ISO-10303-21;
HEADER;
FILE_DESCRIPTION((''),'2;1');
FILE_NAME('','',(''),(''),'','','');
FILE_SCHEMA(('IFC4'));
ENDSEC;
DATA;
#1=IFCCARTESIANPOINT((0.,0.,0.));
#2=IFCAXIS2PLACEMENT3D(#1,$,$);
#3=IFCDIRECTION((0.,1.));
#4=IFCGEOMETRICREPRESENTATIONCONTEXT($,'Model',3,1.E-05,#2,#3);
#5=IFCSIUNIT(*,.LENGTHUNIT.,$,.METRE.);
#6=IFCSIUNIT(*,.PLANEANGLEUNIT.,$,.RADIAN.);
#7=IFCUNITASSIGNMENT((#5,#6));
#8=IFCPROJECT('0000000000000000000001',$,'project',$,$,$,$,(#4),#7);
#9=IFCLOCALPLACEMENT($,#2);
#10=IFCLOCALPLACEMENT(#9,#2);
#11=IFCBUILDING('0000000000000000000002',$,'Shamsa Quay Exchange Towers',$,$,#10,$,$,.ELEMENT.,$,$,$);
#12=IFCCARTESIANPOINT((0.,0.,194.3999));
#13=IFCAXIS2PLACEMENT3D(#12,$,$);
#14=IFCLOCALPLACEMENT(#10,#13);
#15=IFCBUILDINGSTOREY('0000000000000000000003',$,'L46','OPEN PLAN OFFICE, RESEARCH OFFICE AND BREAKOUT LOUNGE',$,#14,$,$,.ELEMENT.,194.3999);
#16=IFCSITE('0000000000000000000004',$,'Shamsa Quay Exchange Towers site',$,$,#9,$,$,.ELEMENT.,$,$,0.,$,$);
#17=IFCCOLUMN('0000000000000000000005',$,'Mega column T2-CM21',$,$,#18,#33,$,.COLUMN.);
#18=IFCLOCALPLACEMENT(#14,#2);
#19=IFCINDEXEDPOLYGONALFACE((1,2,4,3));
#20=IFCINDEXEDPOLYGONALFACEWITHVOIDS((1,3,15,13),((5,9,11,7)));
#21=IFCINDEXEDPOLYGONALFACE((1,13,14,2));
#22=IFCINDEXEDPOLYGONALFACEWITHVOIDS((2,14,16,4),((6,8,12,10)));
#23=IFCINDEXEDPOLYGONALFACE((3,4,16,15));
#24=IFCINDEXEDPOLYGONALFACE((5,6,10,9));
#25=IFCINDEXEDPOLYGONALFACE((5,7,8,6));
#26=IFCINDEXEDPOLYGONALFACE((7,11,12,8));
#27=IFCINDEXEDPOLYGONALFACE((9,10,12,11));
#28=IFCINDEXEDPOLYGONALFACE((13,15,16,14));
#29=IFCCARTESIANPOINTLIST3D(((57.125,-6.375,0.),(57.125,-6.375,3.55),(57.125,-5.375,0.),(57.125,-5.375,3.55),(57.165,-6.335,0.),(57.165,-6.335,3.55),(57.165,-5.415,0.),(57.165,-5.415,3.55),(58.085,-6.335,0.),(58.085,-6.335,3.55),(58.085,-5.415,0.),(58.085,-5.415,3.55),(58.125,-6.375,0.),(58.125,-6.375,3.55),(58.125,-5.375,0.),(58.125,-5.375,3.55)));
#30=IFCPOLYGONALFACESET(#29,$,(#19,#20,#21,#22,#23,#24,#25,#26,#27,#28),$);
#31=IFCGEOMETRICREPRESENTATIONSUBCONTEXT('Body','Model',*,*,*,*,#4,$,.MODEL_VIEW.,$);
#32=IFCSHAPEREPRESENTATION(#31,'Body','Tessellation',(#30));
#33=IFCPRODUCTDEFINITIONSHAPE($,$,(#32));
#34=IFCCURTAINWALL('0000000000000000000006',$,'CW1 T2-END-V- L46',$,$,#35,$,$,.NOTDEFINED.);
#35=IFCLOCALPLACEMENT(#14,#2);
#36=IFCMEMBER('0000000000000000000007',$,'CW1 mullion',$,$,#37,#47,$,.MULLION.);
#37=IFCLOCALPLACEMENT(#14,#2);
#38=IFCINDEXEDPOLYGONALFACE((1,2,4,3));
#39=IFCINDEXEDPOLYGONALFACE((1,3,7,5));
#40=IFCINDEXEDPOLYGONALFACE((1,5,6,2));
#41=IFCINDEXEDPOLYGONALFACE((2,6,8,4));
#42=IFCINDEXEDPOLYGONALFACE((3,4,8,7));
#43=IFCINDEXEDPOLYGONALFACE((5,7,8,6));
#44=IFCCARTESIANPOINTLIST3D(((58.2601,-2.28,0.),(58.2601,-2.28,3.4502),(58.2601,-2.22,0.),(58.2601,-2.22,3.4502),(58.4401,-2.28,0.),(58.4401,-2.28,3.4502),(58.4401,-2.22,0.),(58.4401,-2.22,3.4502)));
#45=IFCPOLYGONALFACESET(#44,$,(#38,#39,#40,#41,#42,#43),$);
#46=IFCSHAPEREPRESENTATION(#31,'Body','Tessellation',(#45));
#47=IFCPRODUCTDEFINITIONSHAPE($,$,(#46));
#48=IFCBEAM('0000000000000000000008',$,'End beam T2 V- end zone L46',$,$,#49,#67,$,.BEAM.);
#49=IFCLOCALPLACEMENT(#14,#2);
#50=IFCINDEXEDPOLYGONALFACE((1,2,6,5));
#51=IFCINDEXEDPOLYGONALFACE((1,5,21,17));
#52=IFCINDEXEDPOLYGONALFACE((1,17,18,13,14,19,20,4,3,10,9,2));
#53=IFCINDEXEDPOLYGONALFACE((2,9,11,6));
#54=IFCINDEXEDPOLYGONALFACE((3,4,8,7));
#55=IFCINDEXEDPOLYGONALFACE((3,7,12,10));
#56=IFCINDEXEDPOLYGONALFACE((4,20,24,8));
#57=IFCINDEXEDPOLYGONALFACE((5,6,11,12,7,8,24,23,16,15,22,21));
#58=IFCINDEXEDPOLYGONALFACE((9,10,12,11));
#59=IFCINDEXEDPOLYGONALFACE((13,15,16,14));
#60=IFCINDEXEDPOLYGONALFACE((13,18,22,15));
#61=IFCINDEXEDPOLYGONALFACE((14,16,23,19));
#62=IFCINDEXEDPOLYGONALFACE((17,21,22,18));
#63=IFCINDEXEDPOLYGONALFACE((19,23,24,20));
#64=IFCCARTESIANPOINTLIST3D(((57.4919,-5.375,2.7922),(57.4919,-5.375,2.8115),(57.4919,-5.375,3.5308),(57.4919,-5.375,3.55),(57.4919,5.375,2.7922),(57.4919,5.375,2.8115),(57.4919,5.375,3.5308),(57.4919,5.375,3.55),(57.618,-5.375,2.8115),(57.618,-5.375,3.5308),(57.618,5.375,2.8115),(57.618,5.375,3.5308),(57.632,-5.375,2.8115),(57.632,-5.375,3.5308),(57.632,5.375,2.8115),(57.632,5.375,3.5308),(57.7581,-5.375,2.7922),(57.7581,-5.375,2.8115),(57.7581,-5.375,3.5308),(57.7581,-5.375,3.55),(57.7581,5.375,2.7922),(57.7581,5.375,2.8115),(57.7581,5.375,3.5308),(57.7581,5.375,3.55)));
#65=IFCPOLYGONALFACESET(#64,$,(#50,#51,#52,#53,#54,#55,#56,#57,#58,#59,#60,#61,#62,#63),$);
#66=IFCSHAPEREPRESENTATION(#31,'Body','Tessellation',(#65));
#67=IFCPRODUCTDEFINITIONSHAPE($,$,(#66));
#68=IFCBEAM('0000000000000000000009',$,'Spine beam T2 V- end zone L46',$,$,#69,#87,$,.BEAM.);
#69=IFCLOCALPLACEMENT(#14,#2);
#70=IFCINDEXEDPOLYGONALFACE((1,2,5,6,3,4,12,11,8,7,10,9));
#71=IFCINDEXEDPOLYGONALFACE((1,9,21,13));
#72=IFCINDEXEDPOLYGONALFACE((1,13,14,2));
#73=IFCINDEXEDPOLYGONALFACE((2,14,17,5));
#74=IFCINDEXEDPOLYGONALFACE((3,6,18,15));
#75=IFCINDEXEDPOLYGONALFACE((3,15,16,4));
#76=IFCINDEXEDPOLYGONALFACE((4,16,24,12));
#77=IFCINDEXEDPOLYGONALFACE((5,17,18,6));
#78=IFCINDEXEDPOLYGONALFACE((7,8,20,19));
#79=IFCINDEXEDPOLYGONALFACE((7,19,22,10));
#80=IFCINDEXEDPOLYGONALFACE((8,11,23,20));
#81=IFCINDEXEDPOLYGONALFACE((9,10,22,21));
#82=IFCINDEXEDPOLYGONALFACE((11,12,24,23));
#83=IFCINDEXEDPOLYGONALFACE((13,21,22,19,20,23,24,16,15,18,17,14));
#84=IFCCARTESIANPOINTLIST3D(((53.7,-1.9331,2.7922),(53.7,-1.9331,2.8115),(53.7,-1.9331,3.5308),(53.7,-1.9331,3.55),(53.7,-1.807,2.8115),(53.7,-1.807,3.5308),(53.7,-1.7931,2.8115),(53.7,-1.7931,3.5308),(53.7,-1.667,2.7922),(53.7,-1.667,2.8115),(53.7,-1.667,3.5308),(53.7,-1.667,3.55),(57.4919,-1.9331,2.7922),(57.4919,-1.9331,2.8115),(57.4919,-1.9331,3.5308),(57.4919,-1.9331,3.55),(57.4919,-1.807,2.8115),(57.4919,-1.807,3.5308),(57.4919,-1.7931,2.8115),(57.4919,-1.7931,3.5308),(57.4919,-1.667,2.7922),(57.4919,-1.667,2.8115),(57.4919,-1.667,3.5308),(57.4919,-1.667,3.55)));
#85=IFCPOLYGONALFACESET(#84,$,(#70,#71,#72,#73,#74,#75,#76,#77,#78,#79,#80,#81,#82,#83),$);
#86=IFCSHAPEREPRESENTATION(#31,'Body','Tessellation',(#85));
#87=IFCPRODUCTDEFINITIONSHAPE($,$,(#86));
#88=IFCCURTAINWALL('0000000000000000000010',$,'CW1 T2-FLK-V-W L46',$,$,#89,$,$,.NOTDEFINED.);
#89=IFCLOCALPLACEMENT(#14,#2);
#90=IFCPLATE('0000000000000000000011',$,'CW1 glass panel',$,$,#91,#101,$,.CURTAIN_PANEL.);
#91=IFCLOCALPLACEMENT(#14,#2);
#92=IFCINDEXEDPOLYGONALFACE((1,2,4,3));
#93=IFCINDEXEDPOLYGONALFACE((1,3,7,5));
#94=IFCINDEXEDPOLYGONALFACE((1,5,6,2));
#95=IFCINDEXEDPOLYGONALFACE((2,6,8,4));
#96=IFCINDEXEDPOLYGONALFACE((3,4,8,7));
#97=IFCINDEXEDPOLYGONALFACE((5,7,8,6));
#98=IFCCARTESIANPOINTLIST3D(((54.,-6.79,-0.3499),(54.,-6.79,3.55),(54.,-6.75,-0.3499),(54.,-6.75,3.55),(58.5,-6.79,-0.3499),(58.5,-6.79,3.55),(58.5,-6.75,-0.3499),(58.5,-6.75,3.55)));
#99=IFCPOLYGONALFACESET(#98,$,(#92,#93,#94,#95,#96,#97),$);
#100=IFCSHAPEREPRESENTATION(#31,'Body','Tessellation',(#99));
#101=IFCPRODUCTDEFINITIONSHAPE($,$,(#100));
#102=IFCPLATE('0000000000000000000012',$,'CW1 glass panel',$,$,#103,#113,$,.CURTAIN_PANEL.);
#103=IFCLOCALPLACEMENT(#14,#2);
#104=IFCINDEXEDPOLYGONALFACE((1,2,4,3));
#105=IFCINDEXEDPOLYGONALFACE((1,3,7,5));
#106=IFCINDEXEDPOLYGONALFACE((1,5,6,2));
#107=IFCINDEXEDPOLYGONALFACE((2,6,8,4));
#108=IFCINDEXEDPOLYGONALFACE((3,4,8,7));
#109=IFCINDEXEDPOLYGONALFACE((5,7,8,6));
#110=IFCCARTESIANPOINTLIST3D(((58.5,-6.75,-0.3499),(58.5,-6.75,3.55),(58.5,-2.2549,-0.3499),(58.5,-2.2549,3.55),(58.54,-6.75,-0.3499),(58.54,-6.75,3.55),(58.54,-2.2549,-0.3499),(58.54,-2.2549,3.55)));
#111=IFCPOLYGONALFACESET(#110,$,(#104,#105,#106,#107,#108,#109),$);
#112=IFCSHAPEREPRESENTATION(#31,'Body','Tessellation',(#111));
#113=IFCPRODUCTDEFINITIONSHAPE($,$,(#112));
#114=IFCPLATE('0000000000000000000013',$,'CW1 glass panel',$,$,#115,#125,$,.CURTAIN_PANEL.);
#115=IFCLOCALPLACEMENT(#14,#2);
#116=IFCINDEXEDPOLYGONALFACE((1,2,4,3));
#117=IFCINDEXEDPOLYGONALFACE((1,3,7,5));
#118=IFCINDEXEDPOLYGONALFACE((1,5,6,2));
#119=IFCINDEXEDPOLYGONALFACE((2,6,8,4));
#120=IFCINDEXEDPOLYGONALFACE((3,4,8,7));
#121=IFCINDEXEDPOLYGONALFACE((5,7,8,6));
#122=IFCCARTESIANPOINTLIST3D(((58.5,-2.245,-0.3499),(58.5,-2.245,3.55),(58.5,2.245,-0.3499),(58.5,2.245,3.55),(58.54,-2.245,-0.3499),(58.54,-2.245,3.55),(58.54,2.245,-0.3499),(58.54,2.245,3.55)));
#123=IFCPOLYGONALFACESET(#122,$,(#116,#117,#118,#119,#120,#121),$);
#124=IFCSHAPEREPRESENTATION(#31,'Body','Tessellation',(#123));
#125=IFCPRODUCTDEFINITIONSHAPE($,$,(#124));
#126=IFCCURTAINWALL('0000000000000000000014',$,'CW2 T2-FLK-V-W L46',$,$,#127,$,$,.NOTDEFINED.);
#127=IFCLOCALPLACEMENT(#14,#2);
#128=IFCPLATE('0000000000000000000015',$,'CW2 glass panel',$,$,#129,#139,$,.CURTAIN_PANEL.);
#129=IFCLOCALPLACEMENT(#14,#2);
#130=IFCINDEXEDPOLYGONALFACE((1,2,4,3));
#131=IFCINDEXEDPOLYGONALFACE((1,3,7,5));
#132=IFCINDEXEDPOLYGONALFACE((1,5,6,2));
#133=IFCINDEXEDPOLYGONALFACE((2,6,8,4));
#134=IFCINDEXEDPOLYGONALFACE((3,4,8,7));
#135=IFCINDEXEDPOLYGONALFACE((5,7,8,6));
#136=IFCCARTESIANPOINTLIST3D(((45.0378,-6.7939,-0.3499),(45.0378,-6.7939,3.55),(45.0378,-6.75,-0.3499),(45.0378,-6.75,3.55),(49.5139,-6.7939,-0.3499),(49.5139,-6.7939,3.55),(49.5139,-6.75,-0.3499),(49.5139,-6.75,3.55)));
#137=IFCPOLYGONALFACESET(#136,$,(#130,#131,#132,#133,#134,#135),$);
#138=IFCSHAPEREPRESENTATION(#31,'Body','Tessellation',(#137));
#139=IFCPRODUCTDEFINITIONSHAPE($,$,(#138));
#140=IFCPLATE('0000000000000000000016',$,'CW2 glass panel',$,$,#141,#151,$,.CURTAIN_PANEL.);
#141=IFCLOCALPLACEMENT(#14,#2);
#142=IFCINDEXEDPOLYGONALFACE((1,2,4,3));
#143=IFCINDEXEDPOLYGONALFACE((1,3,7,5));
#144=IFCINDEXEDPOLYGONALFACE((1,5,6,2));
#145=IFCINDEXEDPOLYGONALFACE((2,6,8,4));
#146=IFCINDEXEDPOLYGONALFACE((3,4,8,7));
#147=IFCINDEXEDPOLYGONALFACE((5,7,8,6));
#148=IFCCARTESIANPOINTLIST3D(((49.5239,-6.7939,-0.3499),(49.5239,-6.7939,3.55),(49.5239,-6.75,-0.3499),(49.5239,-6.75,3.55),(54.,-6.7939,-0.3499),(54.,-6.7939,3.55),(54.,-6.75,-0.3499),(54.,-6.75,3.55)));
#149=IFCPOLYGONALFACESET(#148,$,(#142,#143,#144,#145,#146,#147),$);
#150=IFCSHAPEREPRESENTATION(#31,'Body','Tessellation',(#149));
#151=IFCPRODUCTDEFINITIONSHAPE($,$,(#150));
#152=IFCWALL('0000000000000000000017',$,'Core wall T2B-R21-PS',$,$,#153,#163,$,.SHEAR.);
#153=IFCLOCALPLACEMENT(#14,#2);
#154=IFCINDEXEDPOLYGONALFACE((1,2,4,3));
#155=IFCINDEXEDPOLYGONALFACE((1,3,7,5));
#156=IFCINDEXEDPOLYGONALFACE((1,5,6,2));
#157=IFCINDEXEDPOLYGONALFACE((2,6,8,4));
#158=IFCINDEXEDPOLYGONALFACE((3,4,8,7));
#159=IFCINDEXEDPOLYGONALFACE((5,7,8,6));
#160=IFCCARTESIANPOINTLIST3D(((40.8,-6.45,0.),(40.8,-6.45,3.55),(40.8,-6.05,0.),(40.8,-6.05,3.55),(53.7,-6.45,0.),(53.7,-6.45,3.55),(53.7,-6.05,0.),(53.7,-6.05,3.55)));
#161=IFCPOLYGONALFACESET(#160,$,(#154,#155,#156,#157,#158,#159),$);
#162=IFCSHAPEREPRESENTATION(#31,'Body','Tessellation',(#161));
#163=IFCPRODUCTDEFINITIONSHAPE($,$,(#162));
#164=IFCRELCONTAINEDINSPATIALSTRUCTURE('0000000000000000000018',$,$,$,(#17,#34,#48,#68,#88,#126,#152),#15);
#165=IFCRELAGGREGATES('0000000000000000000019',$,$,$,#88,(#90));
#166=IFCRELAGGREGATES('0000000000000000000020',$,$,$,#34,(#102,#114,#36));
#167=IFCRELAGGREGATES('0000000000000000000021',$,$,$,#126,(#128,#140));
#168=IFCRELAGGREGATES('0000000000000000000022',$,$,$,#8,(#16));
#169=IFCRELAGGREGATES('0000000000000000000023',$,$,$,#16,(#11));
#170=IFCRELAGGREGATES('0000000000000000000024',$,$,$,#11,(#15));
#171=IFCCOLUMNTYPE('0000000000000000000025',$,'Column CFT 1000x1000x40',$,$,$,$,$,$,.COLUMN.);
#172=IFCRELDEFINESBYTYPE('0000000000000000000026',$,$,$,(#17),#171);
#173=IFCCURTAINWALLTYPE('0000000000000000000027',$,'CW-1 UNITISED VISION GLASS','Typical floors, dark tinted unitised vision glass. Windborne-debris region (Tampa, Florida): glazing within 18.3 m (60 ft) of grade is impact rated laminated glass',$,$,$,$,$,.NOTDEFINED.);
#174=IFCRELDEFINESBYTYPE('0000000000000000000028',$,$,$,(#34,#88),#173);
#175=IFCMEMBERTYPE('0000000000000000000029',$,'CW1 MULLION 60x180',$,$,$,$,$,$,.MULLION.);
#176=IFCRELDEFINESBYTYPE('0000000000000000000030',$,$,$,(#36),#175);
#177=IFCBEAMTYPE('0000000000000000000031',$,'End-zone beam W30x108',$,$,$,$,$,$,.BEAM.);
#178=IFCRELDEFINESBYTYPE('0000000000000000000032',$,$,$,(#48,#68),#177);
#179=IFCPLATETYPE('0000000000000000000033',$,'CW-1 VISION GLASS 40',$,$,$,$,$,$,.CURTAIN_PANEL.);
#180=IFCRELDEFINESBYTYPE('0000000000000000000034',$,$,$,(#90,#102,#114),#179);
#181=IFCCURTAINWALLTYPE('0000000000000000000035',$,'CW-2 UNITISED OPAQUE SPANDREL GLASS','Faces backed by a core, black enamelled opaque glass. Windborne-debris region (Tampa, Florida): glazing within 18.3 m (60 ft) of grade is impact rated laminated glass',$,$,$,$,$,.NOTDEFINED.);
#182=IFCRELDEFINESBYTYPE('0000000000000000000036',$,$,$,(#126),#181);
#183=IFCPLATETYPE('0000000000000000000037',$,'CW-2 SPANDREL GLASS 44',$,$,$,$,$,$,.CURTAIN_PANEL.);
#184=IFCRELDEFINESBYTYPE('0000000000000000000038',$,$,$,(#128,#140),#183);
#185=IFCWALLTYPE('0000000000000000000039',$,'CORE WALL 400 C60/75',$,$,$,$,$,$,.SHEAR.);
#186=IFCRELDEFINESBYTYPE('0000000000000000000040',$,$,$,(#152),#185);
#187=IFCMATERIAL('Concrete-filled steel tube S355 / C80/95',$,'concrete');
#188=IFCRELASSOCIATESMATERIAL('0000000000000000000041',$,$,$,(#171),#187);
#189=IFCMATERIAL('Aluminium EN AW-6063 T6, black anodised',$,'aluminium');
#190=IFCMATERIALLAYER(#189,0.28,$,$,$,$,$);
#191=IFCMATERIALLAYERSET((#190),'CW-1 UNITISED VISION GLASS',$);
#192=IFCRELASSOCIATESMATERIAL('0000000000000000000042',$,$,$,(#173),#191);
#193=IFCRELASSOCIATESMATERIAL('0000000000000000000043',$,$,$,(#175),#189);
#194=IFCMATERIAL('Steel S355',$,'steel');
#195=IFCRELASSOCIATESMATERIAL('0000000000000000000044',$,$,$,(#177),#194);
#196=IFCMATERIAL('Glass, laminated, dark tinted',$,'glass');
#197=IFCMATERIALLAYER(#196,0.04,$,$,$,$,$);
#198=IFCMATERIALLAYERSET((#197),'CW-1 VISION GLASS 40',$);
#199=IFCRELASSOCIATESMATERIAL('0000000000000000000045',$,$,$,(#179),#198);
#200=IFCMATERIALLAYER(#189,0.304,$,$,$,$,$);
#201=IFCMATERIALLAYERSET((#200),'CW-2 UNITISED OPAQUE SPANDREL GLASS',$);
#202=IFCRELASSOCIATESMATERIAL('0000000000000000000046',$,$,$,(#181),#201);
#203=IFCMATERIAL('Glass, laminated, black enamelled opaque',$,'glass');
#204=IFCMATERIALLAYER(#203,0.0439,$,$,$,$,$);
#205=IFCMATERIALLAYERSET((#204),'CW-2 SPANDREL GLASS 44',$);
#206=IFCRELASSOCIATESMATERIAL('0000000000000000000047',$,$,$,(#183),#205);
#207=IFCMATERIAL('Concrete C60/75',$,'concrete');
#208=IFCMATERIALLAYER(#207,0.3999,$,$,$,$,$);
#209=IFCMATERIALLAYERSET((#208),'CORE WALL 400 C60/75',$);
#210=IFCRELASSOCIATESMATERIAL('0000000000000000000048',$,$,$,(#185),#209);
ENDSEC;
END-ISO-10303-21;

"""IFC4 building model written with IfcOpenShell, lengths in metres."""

from ifc_helpers import new_model, si_unit, direction, frame, frame_2d, origin, origin_2d, place, context, subcontext, project, spatial, rectangle, hollow_rectangle, i_section, extrude, material, layer, layer_set, material_profile, profile_set, type_object, element, aggregate, save


model = new_model("IFC4")

# Units and contexts
model_context = context("Model", 3, precision=1e-05, world=origin(), true_north=direction((0.0, 1.0)))
body_context = subcontext(model_context, "Body", "Model", "MODEL_VIEW")
ifc_project = project(units=[si_unit("LENGTHUNIT", "METRE"), si_unit("PLANEANGLEUNIT", "RADIAN")], contexts=[model_context])

# Site, building, storey
site_placement = place(None, origin())
site = spatial("IfcSite", under=ifc_project, at=site_placement, Name="Shamsa Quay Exchange Towers site", CompositionType="ELEMENT", RefElevation=0.0)
building_placement = place(site_placement, origin())
building = spatial("IfcBuilding", under=site, at=building_placement, Name="Shamsa Quay Exchange Towers", CompositionType="ELEMENT")
storey_placement = place(building_placement, frame((0.0, 0.0, 194.3999)))
storey = spatial("IfcBuildingStorey", under=building, at=storey_placement, Name="L46", Description="OPEN PLAN OFFICE, RESEARCH OFFICE AND BREAKOUT LOUNGE", CompositionType="ELEMENT", Elevation=194.3999)

# Column
ifc_material_1 = material(Name="Concrete-filled steel tube S355 / C80/95", Category="concrete")
ifc_material_profile_1 = material_profile(ifc_material_1, hollow_rectangle(XDim=1.0, YDim=1.0, WallThickness=0.04, at=origin_2d()), Name="CFT 1000x1000x40")
ifc_profile_set_1 = profile_set([ifc_material_profile_1], Name="Concrete-filled steel tube S355 / C80/95")
column_type = type_object("IfcColumnType", Name="Column CFT 1000x1000x40", PredefinedType="COLUMN", material=ifc_profile_set_1)
column_placement = place(storey_placement, frame((57.625, -5.875, 0.0)))
element("IfcColumn", 1, at=column_placement, inside=storey, type_object=column_type, Name="Mega column T2-CM21", PredefinedType="COLUMN", context=body_context, shape_type="SweptSolid", body=[
    extrude(hollow_rectangle(XDim=1.0, YDim=1.0, WallThickness=0.04, at=origin_2d()), origin(), (0.0, 0.0, 1.0), 3.55),
])

# Curtain wall, member
ifc_material_2 = material(Name="Aluminium EN AW-6063 T6, black anodised", Category="aluminium")
ifc_layer_1 = layer(ifc_material_2, 0.28)
ifc_layer_set_1 = layer_set([ifc_layer_1], Name="CW-1 UNITISED VISION GLASS")
curtain_wall_type_1 = type_object("IfcCurtainWallType", Name="CW-1 UNITISED VISION GLASS", Description="Typical floors, dark tinted unitised vision glass. Windborne-debris region (Tampa, Florida): glazing within 18.3 m (60 ft) of grade is impact rated laminated glass", PredefinedType="NOTDEFINED", material=ifc_layer_set_1)
curtain_wall_1_placement = place(storey_placement, origin())
curtain_wall_1 = element("IfcCurtainWall", 2, at=curtain_wall_1_placement, inside=storey, type_object=curtain_wall_type_1, Name="CW1 T2-END-V- L46", PredefinedType="NOTDEFINED")
ifc_material_profile_2 = material_profile(ifc_material_2, rectangle(XDim=0.1799, YDim=0.0601, at=origin_2d()), Name="MU60x180")
ifc_profile_set_2 = profile_set([ifc_material_profile_2], Name="Aluminium EN AW-6063 T6, black anodised")
member_type = type_object("IfcMemberType", Name="CW1 MULLION 60x180", PredefinedType="MULLION", material=ifc_profile_set_2)
member_placement = place(storey_placement, frame((58.3501, -2.25, 0.0), z_axis=(0.0, 0.0, 1.0), x_axis=(-1.0, 0.0, 0.0)))
member = element("IfcMember", 3, at=member_placement, type_object=member_type, Name="CW1 mullion", PredefinedType="MULLION", context=body_context, shape_type="SweptSolid", body=[
    extrude(rectangle(XDim=0.1799, YDim=0.0601, at=origin_2d()), origin(), (0.0, 0.0, 1.0), 3.4502),
])

# Beams
ifc_material_3 = material(Name="Steel S355", Category="steel")
ifc_material_profile_3 = material_profile(ifc_material_3, i_section(OverallWidth=0.2661, OverallDepth=0.7578, WebThickness=0.0139, FlangeThickness=0.0193, at=origin_2d()), Name="W30x108")
ifc_profile_set_3 = profile_set([ifc_material_profile_3], Name="Steel S355")
beam_type = type_object("IfcBeamType", Name="End-zone beam W30x108", PredefinedType="BEAM", material=ifc_profile_set_3)
beam_1_placement = place(storey_placement, frame((57.625, -5.375, 3.1711), z_axis=(0.0, 1.0, 0.0), x_axis=(-1.0, 0.0, 0.0)))
element("IfcBeam", 4, at=beam_1_placement, inside=storey, type_object=beam_type, Name="End beam T2 V- end zone L46", PredefinedType="BEAM", context=body_context, shape_type="SweptSolid", body=[
    extrude(i_section(OverallWidth=0.2661, OverallDepth=0.7578, WebThickness=0.0139, FlangeThickness=0.0193, at=origin_2d()), origin(), (0.0, 0.0, 1.0), 10.75),
])
beam_2_placement = place(storey_placement, frame((53.7, -1.8, 3.1711), z_axis=(1.0, 0.0, 0.0), x_axis=(0.0, 1.0, 0.0)))
element("IfcBeam", 5, at=beam_2_placement, inside=storey, type_object=beam_type, Name="Spine beam T2 V- end zone L46", PredefinedType="BEAM", context=body_context, shape_type="SweptSolid", body=[
    extrude(i_section(OverallWidth=0.2661, OverallDepth=0.7578, WebThickness=0.0139, FlangeThickness=0.0193, at=origin_2d()), origin(), (0.0, 0.0, 1.0), 3.792),
])

# Curtain wall, plate
curtain_wall_2_placement = place(storey_placement, origin())
curtain_wall_2 = element("IfcCurtainWall", 6, at=curtain_wall_2_placement, inside=storey, type_object=curtain_wall_type_1, Name="CW1 T2-FLK-V-W L46", PredefinedType="NOTDEFINED")
ifc_material_4 = material(Name="Glass, laminated, dark tinted", Category="glass")
ifc_layer_2 = layer(ifc_material_4, 0.04)
ifc_layer_set_2 = layer_set([ifc_layer_2], Name="CW-1 VISION GLASS 40")
plate_type_1 = type_object("IfcPlateType", Name="CW-1 VISION GLASS 40", PredefinedType="CURTAIN_PANEL", material=ifc_layer_set_2)
plate_1_placement = place(storey_placement, frame((56.25, -6.77, -0.3499)))
plate_1 = element("IfcPlate", 7, at=plate_1_placement, type_object=plate_type_1, Name="CW1 glass panel", PredefinedType="CURTAIN_PANEL", context=body_context, shape_type="SweptSolid", body=[
    extrude(rectangle(XDim=4.5, YDim=0.04, at=origin_2d()), origin(), (0.0, 0.0, 1.0), 3.8999),
])
aggregate(curtain_wall_2, [plate_1])

# Plates
plate_2_placement = place(storey_placement, frame((58.52, -4.5024, -0.3499), z_axis=(0.0, 0.0, 1.0), x_axis=(0.0, 1.0, 0.0)))
plate_2 = element("IfcPlate", 8, at=plate_2_placement, type_object=plate_type_1, Name="CW1 glass panel", PredefinedType="CURTAIN_PANEL", context=body_context, shape_type="SweptSolid", body=[
    extrude(rectangle(XDim=4.4951, YDim=0.04, at=origin_2d()), origin(), (0.0, 0.0, 1.0), 3.8999),
])
plate_3_placement = place(storey_placement, frame((58.52, 0.0, -0.3499), z_axis=(0.0, 0.0, 1.0), x_axis=(0.0, 1.0, 0.0)))
plate_3 = element("IfcPlate", 9, at=plate_3_placement, type_object=plate_type_1, Name="CW1 glass panel", PredefinedType="CURTAIN_PANEL", context=body_context, shape_type="SweptSolid", body=[
    extrude(rectangle(XDim=4.49, YDim=0.04, at=origin_2d()), origin(), (0.0, 0.0, 1.0), 3.8999),
])
aggregate(curtain_wall_1, [plate_2, plate_3, member])

# Curtain wall, plates
ifc_layer_3 = layer(ifc_material_2, 0.304)
ifc_layer_set_3 = layer_set([ifc_layer_3], Name="CW-2 UNITISED OPAQUE SPANDREL GLASS")
curtain_wall_type_2 = type_object("IfcCurtainWallType", Name="CW-2 UNITISED OPAQUE SPANDREL GLASS", Description="Faces backed by a core, black enamelled opaque glass. Windborne-debris region (Tampa, Florida): glazing within 18.3 m (60 ft) of grade is impact rated laminated glass", PredefinedType="NOTDEFINED", material=ifc_layer_set_3)
curtain_wall_3_placement = place(storey_placement, origin())
curtain_wall_3 = element("IfcCurtainWall", 10, at=curtain_wall_3_placement, inside=storey, type_object=curtain_wall_type_2, Name="CW2 T2-FLK-V-W L46", PredefinedType="NOTDEFINED")
ifc_material_5 = material(Name="Glass, laminated, black enamelled opaque", Category="glass")
ifc_layer_4 = layer(ifc_material_5, 0.0439)
ifc_layer_set_4 = layer_set([ifc_layer_4], Name="CW-2 SPANDREL GLASS 44")
plate_type_2 = type_object("IfcPlateType", Name="CW-2 SPANDREL GLASS 44", PredefinedType="CURTAIN_PANEL", material=ifc_layer_set_4)
plate_4_placement = place(storey_placement, frame((47.2759, -6.772, -0.3499)))
plate_4 = element("IfcPlate", 11, at=plate_4_placement, type_object=plate_type_2, Name="CW2 glass panel", PredefinedType="CURTAIN_PANEL", context=body_context, shape_type="SweptSolid", body=[
    extrude(rectangle(XDim=4.4761, YDim=0.0439, at=origin_2d()), origin(), (0.0, 0.0, 1.0), 3.8999),
])
plate_5_placement = place(storey_placement, frame((51.762, -6.772, -0.3499)))
plate_5 = element("IfcPlate", 12, at=plate_5_placement, type_object=plate_type_2, Name="CW2 glass panel", PredefinedType="CURTAIN_PANEL", context=body_context, shape_type="SweptSolid", body=[
    extrude(rectangle(XDim=4.4761, YDim=0.0439, at=origin_2d()), origin(), (0.0, 0.0, 1.0), 3.8999),
])
aggregate(curtain_wall_3, [plate_4, plate_5])

# Wall
ifc_material_6 = material(Name="Concrete C60/75", Category="concrete")
ifc_layer_5 = layer(ifc_material_6, 0.3999)
ifc_layer_set_5 = layer_set([ifc_layer_5], Name="CORE WALL 400 C60/75")
wall_type_1 = type_object("IfcWallType", Name="CORE WALL 400 C60/75", PredefinedType="SHEAR", material=ifc_layer_set_5)
wall_1_placement = place(storey_placement, frame((53.7, -6.25, 0.0), z_axis=(0.0, 0.0, 1.0), x_axis=(-1.0, 0.0, 0.0)))
element("IfcWall", 13, at=wall_1_placement, inside=storey, type_object=wall_type_1, Name="Core wall T2B-R21-PS", PredefinedType="SHEAR", context=body_context, shape_type="SweptSolid", body=[
    extrude(rectangle(XDim=12.8999, YDim=0.3999, at=frame_2d((6.45, 0.0))), origin(), (0.0, 0.0, 1.0), 3.55),
])

save(model, "model.ifc")
